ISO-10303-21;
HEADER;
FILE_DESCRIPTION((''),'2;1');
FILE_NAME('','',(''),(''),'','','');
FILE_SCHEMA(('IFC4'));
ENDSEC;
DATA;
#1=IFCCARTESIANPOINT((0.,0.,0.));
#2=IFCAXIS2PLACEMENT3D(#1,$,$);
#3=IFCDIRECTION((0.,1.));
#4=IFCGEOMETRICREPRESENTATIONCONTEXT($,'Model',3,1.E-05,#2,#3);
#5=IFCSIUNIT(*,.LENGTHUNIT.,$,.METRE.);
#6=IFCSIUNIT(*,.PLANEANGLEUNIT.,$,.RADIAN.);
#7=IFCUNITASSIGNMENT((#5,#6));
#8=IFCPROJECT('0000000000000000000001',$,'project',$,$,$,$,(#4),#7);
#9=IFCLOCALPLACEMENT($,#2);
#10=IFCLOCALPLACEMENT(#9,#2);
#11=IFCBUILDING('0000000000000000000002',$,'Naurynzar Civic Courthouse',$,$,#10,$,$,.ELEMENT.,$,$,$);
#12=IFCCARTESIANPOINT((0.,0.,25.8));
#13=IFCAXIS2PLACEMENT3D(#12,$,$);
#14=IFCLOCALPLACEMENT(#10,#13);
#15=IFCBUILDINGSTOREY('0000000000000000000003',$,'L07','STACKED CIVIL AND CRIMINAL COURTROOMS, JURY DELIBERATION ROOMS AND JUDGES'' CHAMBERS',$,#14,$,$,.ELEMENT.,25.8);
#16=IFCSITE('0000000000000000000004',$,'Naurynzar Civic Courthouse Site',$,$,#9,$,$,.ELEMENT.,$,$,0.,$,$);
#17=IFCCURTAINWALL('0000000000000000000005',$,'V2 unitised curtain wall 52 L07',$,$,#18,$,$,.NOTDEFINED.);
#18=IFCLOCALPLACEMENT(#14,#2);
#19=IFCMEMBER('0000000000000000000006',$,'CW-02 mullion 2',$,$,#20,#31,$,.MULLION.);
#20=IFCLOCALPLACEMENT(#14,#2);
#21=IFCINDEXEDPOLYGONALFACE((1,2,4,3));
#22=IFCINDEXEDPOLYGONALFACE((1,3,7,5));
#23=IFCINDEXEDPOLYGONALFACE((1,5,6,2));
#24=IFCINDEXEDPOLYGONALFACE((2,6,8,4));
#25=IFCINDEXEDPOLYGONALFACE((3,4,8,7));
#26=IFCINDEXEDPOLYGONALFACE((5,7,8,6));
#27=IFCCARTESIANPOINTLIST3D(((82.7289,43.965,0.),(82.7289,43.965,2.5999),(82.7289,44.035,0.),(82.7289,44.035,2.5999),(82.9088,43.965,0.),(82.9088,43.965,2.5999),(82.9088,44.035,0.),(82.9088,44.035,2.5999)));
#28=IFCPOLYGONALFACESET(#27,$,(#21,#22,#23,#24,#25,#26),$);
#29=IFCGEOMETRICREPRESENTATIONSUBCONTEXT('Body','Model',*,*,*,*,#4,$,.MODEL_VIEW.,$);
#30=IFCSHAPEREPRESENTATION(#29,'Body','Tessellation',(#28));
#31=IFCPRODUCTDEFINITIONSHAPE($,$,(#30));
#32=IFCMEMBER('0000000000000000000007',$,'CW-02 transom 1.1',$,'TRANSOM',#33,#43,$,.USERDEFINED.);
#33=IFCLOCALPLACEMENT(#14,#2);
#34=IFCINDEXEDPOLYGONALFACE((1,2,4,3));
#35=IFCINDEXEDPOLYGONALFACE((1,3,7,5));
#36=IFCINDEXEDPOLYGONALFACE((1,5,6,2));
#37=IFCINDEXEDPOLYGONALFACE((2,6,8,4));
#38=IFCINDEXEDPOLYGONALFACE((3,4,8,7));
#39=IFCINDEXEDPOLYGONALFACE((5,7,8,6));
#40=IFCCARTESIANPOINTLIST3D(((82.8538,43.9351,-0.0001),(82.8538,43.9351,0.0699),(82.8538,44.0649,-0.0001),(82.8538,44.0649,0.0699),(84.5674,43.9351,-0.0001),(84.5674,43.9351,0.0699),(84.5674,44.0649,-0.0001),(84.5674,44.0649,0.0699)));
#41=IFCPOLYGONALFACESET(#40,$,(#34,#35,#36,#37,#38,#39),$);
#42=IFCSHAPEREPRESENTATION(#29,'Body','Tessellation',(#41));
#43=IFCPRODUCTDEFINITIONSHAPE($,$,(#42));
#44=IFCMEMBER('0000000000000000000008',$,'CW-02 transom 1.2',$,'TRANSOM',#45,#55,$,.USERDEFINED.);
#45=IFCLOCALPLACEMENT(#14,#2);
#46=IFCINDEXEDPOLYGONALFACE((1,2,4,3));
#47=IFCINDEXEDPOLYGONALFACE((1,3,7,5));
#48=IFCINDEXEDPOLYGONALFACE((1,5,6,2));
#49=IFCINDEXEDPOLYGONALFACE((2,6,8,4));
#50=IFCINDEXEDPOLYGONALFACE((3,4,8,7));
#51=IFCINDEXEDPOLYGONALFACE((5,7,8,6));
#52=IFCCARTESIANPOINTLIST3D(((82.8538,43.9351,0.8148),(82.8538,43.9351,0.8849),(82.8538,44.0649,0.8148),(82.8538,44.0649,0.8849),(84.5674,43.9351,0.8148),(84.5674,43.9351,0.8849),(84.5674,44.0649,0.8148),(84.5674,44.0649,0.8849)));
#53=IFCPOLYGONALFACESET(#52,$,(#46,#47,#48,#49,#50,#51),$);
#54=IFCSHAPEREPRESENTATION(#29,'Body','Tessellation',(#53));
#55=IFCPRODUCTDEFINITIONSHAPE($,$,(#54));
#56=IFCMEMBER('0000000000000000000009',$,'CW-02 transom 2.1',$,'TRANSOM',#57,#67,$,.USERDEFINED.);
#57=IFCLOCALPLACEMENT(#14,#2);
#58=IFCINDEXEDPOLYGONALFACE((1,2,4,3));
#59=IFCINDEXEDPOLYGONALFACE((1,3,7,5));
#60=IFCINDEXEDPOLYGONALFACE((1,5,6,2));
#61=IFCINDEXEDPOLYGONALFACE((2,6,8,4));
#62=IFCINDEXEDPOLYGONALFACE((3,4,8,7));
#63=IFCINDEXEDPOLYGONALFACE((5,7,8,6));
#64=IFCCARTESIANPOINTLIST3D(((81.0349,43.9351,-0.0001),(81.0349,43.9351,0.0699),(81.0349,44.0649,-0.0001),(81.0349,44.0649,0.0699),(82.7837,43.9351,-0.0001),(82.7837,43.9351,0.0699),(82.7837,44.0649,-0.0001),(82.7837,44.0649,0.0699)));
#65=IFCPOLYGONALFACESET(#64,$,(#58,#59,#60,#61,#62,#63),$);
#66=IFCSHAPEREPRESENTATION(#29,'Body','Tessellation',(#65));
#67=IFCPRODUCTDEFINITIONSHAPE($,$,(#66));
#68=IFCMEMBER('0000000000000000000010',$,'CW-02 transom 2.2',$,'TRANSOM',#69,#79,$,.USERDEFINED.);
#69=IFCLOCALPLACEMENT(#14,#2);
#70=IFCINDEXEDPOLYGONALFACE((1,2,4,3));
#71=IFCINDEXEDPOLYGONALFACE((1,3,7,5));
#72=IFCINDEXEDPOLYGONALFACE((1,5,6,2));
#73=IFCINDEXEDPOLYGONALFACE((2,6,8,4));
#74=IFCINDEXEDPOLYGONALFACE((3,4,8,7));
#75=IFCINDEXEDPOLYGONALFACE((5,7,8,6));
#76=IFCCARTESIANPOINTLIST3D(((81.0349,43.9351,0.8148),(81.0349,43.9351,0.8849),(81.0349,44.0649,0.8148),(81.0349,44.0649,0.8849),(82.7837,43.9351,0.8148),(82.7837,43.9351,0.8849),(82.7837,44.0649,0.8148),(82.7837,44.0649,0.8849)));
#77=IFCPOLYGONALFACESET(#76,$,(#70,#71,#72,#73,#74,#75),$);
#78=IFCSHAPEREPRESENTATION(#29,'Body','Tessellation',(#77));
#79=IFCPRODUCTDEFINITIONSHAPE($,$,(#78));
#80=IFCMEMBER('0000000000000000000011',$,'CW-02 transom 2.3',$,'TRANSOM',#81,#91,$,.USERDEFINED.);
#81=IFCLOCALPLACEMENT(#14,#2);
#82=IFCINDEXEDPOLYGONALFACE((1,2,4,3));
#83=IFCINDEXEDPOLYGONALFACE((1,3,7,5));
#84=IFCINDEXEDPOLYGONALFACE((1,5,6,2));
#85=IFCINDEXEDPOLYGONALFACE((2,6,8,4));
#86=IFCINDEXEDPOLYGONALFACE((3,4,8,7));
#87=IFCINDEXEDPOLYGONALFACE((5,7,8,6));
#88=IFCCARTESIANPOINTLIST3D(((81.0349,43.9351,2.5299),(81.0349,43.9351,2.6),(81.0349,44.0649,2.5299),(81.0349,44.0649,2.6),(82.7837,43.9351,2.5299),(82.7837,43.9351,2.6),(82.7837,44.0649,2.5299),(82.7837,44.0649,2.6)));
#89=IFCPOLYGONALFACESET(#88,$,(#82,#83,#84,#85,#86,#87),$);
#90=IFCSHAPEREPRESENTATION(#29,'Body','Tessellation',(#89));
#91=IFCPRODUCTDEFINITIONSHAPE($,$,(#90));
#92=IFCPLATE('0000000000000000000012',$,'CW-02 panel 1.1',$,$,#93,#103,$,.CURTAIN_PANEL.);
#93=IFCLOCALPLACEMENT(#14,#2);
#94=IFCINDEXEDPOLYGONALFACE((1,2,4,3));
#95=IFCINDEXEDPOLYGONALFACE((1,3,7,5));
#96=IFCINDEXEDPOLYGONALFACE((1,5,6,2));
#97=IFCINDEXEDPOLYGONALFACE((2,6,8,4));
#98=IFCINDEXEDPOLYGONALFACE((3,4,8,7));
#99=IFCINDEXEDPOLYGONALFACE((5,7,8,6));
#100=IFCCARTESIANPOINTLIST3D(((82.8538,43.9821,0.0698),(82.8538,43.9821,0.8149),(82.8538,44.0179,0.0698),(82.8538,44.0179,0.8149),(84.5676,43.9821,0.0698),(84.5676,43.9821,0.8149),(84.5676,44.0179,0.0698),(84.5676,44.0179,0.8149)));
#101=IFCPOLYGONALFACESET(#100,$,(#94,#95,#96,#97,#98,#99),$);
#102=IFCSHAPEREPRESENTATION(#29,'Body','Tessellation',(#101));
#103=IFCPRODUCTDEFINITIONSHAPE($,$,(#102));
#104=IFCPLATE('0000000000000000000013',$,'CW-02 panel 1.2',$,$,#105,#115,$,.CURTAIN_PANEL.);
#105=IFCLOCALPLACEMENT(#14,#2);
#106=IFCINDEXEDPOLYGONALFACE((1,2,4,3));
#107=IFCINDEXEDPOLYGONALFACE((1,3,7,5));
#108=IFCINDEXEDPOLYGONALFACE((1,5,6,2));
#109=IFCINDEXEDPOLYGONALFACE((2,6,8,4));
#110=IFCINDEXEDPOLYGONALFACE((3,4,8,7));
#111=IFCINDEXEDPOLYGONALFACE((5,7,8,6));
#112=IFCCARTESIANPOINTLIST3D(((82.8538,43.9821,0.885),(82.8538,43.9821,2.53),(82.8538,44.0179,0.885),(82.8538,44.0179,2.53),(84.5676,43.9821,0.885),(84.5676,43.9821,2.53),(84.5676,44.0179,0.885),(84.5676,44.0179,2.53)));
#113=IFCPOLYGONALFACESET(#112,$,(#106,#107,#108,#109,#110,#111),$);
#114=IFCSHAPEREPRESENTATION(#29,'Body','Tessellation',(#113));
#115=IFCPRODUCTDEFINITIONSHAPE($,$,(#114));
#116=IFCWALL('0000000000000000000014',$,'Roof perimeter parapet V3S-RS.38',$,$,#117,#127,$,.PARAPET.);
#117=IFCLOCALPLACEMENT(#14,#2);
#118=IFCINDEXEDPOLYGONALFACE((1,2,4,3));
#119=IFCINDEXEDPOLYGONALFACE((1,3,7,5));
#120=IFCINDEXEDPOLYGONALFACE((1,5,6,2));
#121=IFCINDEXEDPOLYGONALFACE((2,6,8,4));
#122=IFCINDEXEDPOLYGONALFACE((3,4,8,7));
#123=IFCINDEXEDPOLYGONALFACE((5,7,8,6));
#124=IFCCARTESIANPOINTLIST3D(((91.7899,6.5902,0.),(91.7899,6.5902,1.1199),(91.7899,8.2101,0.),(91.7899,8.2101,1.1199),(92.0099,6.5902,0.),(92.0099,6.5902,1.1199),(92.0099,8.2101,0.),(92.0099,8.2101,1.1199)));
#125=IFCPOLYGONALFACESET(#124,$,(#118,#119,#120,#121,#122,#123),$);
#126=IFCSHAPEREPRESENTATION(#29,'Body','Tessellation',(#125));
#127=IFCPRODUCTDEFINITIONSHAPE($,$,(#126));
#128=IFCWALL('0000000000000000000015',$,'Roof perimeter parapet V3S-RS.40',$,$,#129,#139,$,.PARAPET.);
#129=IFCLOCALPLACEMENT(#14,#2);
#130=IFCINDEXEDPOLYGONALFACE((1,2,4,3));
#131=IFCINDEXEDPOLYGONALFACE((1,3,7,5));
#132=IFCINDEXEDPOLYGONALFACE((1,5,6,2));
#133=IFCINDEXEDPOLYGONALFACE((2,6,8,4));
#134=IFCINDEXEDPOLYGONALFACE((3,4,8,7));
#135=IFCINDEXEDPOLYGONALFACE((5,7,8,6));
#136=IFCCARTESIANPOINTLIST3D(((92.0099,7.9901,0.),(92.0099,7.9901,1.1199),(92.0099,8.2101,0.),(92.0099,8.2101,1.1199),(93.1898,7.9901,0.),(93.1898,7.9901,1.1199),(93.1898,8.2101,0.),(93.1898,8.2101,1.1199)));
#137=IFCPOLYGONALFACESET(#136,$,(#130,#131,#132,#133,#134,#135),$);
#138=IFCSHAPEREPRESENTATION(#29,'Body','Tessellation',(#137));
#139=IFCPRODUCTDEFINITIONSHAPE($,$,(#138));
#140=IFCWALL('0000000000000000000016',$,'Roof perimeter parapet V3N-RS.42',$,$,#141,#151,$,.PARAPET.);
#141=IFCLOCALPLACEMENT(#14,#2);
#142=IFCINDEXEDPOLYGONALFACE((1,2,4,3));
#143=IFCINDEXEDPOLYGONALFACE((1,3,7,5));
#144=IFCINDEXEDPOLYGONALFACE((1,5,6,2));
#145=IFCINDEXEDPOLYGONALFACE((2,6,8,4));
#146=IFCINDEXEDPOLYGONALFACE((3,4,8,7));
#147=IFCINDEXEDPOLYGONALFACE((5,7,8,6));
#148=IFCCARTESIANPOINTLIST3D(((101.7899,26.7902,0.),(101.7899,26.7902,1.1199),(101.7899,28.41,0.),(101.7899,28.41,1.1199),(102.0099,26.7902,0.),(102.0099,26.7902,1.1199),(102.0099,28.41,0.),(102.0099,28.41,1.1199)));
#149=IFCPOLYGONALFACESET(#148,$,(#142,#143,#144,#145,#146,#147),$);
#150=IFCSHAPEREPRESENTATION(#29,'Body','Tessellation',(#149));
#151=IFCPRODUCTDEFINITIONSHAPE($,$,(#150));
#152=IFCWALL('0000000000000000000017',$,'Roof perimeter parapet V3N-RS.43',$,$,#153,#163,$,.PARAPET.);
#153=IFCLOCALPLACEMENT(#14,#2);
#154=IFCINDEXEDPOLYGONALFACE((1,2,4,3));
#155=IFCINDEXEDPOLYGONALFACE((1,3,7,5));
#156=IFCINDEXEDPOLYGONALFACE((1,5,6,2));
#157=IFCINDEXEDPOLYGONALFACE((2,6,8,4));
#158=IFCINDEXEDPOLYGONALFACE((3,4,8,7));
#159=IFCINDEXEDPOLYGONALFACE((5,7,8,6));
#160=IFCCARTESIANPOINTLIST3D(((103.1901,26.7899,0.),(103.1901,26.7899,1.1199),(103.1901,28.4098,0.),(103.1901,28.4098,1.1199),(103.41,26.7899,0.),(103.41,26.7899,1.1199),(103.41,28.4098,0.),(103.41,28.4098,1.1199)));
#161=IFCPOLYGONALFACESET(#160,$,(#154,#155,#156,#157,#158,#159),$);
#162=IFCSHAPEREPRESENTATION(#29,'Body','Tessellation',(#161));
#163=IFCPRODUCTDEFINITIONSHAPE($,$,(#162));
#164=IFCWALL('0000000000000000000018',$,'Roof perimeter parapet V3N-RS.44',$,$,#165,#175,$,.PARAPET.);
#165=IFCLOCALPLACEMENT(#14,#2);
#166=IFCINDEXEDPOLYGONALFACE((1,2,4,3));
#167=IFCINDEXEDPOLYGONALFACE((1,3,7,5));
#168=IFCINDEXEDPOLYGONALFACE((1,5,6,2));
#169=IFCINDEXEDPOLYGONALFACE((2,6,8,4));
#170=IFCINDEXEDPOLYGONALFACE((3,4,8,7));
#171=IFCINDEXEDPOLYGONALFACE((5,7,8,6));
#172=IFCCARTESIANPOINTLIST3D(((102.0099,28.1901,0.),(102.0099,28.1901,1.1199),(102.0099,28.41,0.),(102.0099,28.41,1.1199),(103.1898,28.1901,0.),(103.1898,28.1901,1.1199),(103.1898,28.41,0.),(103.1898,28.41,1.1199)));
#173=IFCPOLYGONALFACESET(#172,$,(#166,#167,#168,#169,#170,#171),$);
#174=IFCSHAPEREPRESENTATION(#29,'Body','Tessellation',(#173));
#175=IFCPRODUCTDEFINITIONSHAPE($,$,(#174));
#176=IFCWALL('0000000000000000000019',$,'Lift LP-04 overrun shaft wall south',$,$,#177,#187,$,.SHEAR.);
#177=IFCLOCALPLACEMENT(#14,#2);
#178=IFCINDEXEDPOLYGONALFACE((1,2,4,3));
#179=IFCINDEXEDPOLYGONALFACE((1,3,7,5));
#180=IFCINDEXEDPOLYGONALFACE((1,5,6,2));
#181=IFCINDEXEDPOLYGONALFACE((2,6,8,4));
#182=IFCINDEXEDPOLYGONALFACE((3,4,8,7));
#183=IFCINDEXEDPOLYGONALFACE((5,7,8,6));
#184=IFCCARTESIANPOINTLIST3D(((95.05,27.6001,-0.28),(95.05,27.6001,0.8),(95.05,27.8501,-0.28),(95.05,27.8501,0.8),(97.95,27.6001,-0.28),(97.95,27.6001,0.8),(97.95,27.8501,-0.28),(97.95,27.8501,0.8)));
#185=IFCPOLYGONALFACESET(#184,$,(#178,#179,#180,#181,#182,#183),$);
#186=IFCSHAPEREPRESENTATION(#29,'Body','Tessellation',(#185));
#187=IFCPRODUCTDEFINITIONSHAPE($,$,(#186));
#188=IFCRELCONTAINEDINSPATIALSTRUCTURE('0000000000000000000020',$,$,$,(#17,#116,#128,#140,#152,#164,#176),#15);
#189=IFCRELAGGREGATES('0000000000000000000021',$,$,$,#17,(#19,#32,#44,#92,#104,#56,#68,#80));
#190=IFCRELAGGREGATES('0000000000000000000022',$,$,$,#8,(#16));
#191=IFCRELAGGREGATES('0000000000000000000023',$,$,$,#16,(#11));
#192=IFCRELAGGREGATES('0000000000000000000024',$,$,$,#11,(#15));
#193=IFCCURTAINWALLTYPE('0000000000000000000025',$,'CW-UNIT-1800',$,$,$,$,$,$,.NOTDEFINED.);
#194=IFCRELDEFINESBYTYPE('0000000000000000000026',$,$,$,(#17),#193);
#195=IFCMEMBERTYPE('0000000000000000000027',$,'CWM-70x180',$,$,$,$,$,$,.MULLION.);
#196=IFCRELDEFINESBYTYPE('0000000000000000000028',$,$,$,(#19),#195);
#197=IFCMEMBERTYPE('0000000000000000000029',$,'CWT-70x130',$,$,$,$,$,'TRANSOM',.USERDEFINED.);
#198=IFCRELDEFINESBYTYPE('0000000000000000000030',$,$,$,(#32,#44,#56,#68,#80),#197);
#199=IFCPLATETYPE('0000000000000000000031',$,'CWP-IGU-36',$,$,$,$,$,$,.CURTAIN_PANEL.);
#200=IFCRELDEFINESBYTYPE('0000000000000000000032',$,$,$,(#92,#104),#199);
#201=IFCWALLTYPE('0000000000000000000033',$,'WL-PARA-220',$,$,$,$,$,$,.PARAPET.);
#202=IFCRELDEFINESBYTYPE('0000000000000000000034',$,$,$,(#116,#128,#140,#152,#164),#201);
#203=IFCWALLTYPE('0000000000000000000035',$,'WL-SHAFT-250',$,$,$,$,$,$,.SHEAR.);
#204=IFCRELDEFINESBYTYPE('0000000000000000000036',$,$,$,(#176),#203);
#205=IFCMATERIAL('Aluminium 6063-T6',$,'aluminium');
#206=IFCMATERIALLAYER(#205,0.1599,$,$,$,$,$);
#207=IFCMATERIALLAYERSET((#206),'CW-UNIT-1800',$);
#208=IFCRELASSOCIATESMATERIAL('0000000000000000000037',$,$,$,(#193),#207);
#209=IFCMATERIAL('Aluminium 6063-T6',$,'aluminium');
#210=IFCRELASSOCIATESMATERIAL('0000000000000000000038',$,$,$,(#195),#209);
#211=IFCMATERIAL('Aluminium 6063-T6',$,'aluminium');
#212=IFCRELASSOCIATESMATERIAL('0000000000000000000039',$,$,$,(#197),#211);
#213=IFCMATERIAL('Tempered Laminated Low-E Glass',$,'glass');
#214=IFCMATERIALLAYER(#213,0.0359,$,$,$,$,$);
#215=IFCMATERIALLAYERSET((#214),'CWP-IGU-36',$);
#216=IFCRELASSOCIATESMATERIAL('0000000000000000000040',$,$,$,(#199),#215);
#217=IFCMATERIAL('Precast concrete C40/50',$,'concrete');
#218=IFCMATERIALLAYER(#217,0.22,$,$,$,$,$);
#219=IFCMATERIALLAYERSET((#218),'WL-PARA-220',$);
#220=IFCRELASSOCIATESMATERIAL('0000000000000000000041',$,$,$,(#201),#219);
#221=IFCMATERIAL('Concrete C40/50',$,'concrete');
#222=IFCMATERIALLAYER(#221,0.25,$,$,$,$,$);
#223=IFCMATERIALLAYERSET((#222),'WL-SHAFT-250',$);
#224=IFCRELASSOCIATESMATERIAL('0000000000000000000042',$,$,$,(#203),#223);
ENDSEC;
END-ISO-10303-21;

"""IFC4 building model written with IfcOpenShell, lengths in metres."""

from ifc_helpers import new_model, si_unit, direction, frame, frame_2d, origin, origin_2d, place, context, subcontext, project, spatial, rectangle, extrude, material, layer, layer_set, material_profile, profile_set, type_object, element, aggregate, save


model = new_model("IFC4")

# Units and contexts
model_context = context("Model", 3, precision=1e-05, world=origin(), true_north=direction((0.0, 1.0)))
body_context = subcontext(model_context, "Body", "Model", "MODEL_VIEW")
ifc_project = project(units=[si_unit("LENGTHUNIT", "METRE"), si_unit("PLANEANGLEUNIT", "RADIAN")], contexts=[model_context])

# Site, building, storey
site_placement = place(None, origin())
site = spatial("IfcSite", under=ifc_project, at=site_placement, Name="Naurynzar Civic Courthouse Site", CompositionType="ELEMENT", RefElevation=0.0)
building_placement = place(site_placement, origin())
building = spatial("IfcBuilding", under=site, at=building_placement, Name="Naurynzar Civic Courthouse", CompositionType="ELEMENT")
storey_placement = place(building_placement, frame((0.0, 0.0, 25.8)))
storey = spatial("IfcBuildingStorey", under=building, at=storey_placement, Name="L07", Description="STACKED CIVIL AND CRIMINAL COURTROOMS, JURY DELIBERATION ROOMS AND JUDGES' CHAMBERS", CompositionType="ELEMENT", Elevation=25.8)

# Curtain wall, members, plates
ifc_material_1 = material(Name="Aluminium 6063-T6", Category="aluminium")
ifc_layer_1 = layer(ifc_material_1, 0.1599)
ifc_layer_set_1 = layer_set([ifc_layer_1], Name="CW-UNIT-1800")
curtain_wall_type = type_object("IfcCurtainWallType", Name="CW-UNIT-1800", PredefinedType="NOTDEFINED", material=ifc_layer_set_1)
curtain_wall_placement = place(storey_placement, origin())
curtain_wall = element("IfcCurtainWall", 1, at=curtain_wall_placement, inside=storey, type_object=curtain_wall_type, Name="V2 unitised curtain wall 52 L07", PredefinedType="NOTDEFINED")
ifc_material_2 = material(Name="Aluminium 6063-T6", Category="aluminium")
ifc_material_profile_1 = material_profile(ifc_material_2, rectangle(XDim=0.0701, YDim=0.1799, at=origin_2d()), Name="ALU MULLION 70x180")
ifc_profile_set_1 = profile_set([ifc_material_profile_1], Name="Aluminium 6063-T6")
member_type_1 = type_object("IfcMemberType", Name="CWM-70x180", PredefinedType="MULLION", material=ifc_profile_set_1)
member_1_placement = place(storey_placement, frame((82.8188, 44.0, 0.0), z_axis=(0.0, 0.0, 1.0), x_axis=(0.0, -1.0, 0.0)))
member_1 = element("IfcMember", 2, at=member_1_placement, type_object=member_type_1, Name="CW-02 mullion 2", PredefinedType="MULLION", context=body_context, shape_type="SweptSolid", body=[
    extrude(rectangle(XDim=0.0701, YDim=0.1799, at=origin_2d()), origin(), (0.0, 0.0, 1.0), 2.5999),
])
ifc_material_3 = material(Name="Aluminium 6063-T6", Category="aluminium")
ifc_material_profile_2 = material_profile(ifc_material_3, rectangle(XDim=0.1299, YDim=0.0701, at=origin_2d()), Name="ALU TRANSOM 70x130")
ifc_profile_set_2 = profile_set([ifc_material_profile_2], Name="Aluminium 6063-T6")
member_type_2 = type_object("IfcMemberType", Name="CWT-70x130", ElementType="TRANSOM", PredefinedType="USERDEFINED", material=ifc_profile_set_2)
member_2_placement = place(storey_placement, frame((84.5674, 44.0, 0.0349), z_axis=(-1.0, 0.0, 0.0), x_axis=(0.0, -1.0, 0.0)))
member_2 = element("IfcMember", 3, at=member_2_placement, type_object=member_type_2, Name="CW-02 transom 1.1", ObjectType="TRANSOM", PredefinedType="USERDEFINED", context=body_context, shape_type="SweptSolid", body=[
    extrude(rectangle(XDim=0.1299, YDim=0.0701, at=origin_2d()), origin(), (0.0, 0.0, 1.0), 1.7136),
])
member_3_placement = place(storey_placement, frame((84.5674, 44.0, 0.8499), z_axis=(-1.0, 0.0, 0.0), x_axis=(0.0, -1.0, 0.0)))
member_3 = element("IfcMember", 4, at=member_3_placement, type_object=member_type_2, Name="CW-02 transom 1.2", ObjectType="TRANSOM", PredefinedType="USERDEFINED", context=body_context, shape_type="SweptSolid", body=[
    extrude(rectangle(XDim=0.1299, YDim=0.0701, at=origin_2d()), origin(), (0.0, 0.0, 1.0), 1.7136),
])
member_4_placement = place(storey_placement, frame((82.7837, 44.0, 0.0349), z_axis=(-1.0, 0.0, 0.0), x_axis=(0.0, -1.0, 0.0)))
member_4 = element("IfcMember", 5, at=member_4_placement, type_object=member_type_2, Name="CW-02 transom 2.1", ObjectType="TRANSOM", PredefinedType="USERDEFINED", context=body_context, shape_type="SweptSolid", body=[
    extrude(rectangle(XDim=0.1299, YDim=0.0701, at=origin_2d()), origin(), (0.0, 0.0, 1.0), 1.7488),
])
member_5_placement = place(storey_placement, frame((82.7837, 44.0, 0.8499), z_axis=(-1.0, 0.0, 0.0), x_axis=(0.0, -1.0, 0.0)))
member_5 = element("IfcMember", 6, at=member_5_placement, type_object=member_type_2, Name="CW-02 transom 2.2", ObjectType="TRANSOM", PredefinedType="USERDEFINED", context=body_context, shape_type="SweptSolid", body=[
    extrude(rectangle(XDim=0.1299, YDim=0.0701, at=origin_2d()), origin(), (0.0, 0.0, 1.0), 1.7488),
])
member_6_placement = place(storey_placement, frame((82.7837, 44.0, 2.5649), z_axis=(-1.0, 0.0, 0.0), x_axis=(0.0, -1.0, 0.0)))
member_6 = element("IfcMember", 7, at=member_6_placement, type_object=member_type_2, Name="CW-02 transom 2.3", ObjectType="TRANSOM", PredefinedType="USERDEFINED", context=body_context, shape_type="SweptSolid", body=[
    extrude(rectangle(XDim=0.1299, YDim=0.0701, at=origin_2d()), origin(), (0.0, 0.0, 1.0), 1.7488),
])
ifc_material_4 = material(Name="Tempered Laminated Low-E Glass", Category="glass")
ifc_layer_2 = layer(ifc_material_4, 0.0359)
ifc_layer_set_2 = layer_set([ifc_layer_2], Name="CWP-IGU-36")
plate_type = type_object("IfcPlateType", Name="CWP-IGU-36", PredefinedType="CURTAIN_PANEL", material=ifc_layer_set_2)
plate_1_placement = place(storey_placement, frame((83.7107, 44.0, 0.0698), z_axis=(0.0, 0.0, 1.0), x_axis=(-1.0, 0.0, 0.0)))
plate_1 = element("IfcPlate", 8, at=plate_1_placement, type_object=plate_type, Name="CW-02 panel 1.1", PredefinedType="CURTAIN_PANEL", context=body_context, shape_type="SweptSolid", body=[
    extrude(rectangle(XDim=1.7139, YDim=0.0359, at=origin_2d()), origin(), (0.0, 0.0, 1.0), 0.7451),
])
plate_2_placement = place(storey_placement, frame((83.7107, 44.0, 0.885), z_axis=(0.0, 0.0, 1.0), x_axis=(-1.0, 0.0, 0.0)))
plate_2 = element("IfcPlate", 9, at=plate_2_placement, type_object=plate_type, Name="CW-02 panel 1.2", PredefinedType="CURTAIN_PANEL", context=body_context, shape_type="SweptSolid", body=[
    extrude(rectangle(XDim=1.7139, YDim=0.0359, at=origin_2d()), origin(), (0.0, 0.0, 1.0), 1.645),
])
aggregate(curtain_wall, [member_1, member_2, member_3, plate_1, plate_2, member_4, member_5, member_6])

# Walls
ifc_material_5 = material(Name="Precast concrete C40/50", Category="concrete")
ifc_layer_3 = layer(ifc_material_5, 0.22)
ifc_layer_set_3 = layer_set([ifc_layer_3], Name="WL-PARA-220")
wall_type_1 = type_object("IfcWallType", Name="WL-PARA-220", PredefinedType="PARAPET", material=ifc_layer_set_3)
for number, where, z_axis, x_axis, name in (
    (10, (91.8999, 6.5901, 0.0), (0.0, 0.0, 1.0), (0.0, 1.0, 0.0), "Roof perimeter parapet V3S-RS.38"),
):
    element("IfcWall", number, at=place(storey_placement, frame(where, z_axis=z_axis, x_axis=x_axis)), inside=storey, type_object=wall_type_1, Name=name, PredefinedType="PARAPET", context=body_context, shape_type="SweptSolid", body=[
        extrude(rectangle(XDim=1.6199, YDim=0.22, at=frame_2d((0.8101, 0.0))), origin(), (0.0, 0.0, 1.0), 1.1199),
    ])
for number, where, z_axis, x_axis, name in (
    (11, (92.01, 8.1001, 0.0), (0.0, 0.0, 1.0), (1.0, 0.0, 0.0), "Roof perimeter parapet V3S-RS.40"),
):
    element("IfcWall", number, at=place(storey_placement, frame(where, z_axis=z_axis, x_axis=x_axis)), inside=storey, type_object=wall_type_1, Name=name, PredefinedType="PARAPET", context=body_context, shape_type="SweptSolid", body=[
        extrude(rectangle(XDim=1.1799, YDim=0.22, at=frame_2d((0.5898, 0.0))), origin(), (0.0, 0.0, 1.0), 1.1199),
    ])
for number, where, z_axis, x_axis, name in (
    (12, (101.8999, 26.79, 0.0), (0.0, 0.0, 1.0), (0.0, 1.0, 0.0), "Roof perimeter parapet V3N-RS.42"),
    (13, (103.3, 28.4099, 0.0), (0.0, 0.0, 1.0), (0.0, -1.0, 0.0), "Roof perimeter parapet V3N-RS.43"),
):
    element("IfcWall", number, at=place(storey_placement, frame(where, z_axis=z_axis, x_axis=x_axis)), inside=storey, type_object=wall_type_1, Name=name, PredefinedType="PARAPET", context=body_context, shape_type="SweptSolid", body=[
        extrude(rectangle(XDim=1.6199, YDim=0.22, at=frame_2d((0.8101, 0.0))), origin(), (0.0, 0.0, 1.0), 1.1199),
    ])
for number, where, z_axis, x_axis, name in (
    (14, (102.01, 28.3, 0.0), (0.0, 0.0, 1.0), (1.0, 0.0, 0.0), "Roof perimeter parapet V3N-RS.44"),
):
    element("IfcWall", number, at=place(storey_placement, frame(where, z_axis=z_axis, x_axis=x_axis)), inside=storey, type_object=wall_type_1, Name=name, PredefinedType="PARAPET", context=body_context, shape_type="SweptSolid", body=[
        extrude(rectangle(XDim=1.1799, YDim=0.22, at=frame_2d((0.5898, 0.0))), origin(), (0.0, 0.0, 1.0), 1.1199),
    ])
ifc_material_6 = material(Name="Concrete C40/50", Category="concrete")
ifc_layer_4 = layer(ifc_material_6, 0.25)
ifc_layer_set_4 = layer_set([ifc_layer_4], Name="WL-SHAFT-250")
wall_type_2 = type_object("IfcWallType", Name="WL-SHAFT-250", PredefinedType="SHEAR", material=ifc_layer_set_4)
for number, where, z_axis, x_axis, name in (
    (15, (95.05, 27.7251, -0.28), (0.0, 0.0, 1.0), (1.0, 0.0, 0.0), "Lift LP-04 overrun shaft wall south"),
):
    element("IfcWall", number, at=place(storey_placement, frame(where, z_axis=z_axis, x_axis=x_axis)), inside=storey, type_object=wall_type_2, Name=name, PredefinedType="SHEAR", context=body_context, shape_type="SweptSolid", body=[
        extrude(rectangle(XDim=2.8999, YDim=0.25, at=frame_2d((1.45, 0.0))), origin(), (0.0, 0.0, 1.0), 1.0801),
    ])

save(model, "model.ifc")
